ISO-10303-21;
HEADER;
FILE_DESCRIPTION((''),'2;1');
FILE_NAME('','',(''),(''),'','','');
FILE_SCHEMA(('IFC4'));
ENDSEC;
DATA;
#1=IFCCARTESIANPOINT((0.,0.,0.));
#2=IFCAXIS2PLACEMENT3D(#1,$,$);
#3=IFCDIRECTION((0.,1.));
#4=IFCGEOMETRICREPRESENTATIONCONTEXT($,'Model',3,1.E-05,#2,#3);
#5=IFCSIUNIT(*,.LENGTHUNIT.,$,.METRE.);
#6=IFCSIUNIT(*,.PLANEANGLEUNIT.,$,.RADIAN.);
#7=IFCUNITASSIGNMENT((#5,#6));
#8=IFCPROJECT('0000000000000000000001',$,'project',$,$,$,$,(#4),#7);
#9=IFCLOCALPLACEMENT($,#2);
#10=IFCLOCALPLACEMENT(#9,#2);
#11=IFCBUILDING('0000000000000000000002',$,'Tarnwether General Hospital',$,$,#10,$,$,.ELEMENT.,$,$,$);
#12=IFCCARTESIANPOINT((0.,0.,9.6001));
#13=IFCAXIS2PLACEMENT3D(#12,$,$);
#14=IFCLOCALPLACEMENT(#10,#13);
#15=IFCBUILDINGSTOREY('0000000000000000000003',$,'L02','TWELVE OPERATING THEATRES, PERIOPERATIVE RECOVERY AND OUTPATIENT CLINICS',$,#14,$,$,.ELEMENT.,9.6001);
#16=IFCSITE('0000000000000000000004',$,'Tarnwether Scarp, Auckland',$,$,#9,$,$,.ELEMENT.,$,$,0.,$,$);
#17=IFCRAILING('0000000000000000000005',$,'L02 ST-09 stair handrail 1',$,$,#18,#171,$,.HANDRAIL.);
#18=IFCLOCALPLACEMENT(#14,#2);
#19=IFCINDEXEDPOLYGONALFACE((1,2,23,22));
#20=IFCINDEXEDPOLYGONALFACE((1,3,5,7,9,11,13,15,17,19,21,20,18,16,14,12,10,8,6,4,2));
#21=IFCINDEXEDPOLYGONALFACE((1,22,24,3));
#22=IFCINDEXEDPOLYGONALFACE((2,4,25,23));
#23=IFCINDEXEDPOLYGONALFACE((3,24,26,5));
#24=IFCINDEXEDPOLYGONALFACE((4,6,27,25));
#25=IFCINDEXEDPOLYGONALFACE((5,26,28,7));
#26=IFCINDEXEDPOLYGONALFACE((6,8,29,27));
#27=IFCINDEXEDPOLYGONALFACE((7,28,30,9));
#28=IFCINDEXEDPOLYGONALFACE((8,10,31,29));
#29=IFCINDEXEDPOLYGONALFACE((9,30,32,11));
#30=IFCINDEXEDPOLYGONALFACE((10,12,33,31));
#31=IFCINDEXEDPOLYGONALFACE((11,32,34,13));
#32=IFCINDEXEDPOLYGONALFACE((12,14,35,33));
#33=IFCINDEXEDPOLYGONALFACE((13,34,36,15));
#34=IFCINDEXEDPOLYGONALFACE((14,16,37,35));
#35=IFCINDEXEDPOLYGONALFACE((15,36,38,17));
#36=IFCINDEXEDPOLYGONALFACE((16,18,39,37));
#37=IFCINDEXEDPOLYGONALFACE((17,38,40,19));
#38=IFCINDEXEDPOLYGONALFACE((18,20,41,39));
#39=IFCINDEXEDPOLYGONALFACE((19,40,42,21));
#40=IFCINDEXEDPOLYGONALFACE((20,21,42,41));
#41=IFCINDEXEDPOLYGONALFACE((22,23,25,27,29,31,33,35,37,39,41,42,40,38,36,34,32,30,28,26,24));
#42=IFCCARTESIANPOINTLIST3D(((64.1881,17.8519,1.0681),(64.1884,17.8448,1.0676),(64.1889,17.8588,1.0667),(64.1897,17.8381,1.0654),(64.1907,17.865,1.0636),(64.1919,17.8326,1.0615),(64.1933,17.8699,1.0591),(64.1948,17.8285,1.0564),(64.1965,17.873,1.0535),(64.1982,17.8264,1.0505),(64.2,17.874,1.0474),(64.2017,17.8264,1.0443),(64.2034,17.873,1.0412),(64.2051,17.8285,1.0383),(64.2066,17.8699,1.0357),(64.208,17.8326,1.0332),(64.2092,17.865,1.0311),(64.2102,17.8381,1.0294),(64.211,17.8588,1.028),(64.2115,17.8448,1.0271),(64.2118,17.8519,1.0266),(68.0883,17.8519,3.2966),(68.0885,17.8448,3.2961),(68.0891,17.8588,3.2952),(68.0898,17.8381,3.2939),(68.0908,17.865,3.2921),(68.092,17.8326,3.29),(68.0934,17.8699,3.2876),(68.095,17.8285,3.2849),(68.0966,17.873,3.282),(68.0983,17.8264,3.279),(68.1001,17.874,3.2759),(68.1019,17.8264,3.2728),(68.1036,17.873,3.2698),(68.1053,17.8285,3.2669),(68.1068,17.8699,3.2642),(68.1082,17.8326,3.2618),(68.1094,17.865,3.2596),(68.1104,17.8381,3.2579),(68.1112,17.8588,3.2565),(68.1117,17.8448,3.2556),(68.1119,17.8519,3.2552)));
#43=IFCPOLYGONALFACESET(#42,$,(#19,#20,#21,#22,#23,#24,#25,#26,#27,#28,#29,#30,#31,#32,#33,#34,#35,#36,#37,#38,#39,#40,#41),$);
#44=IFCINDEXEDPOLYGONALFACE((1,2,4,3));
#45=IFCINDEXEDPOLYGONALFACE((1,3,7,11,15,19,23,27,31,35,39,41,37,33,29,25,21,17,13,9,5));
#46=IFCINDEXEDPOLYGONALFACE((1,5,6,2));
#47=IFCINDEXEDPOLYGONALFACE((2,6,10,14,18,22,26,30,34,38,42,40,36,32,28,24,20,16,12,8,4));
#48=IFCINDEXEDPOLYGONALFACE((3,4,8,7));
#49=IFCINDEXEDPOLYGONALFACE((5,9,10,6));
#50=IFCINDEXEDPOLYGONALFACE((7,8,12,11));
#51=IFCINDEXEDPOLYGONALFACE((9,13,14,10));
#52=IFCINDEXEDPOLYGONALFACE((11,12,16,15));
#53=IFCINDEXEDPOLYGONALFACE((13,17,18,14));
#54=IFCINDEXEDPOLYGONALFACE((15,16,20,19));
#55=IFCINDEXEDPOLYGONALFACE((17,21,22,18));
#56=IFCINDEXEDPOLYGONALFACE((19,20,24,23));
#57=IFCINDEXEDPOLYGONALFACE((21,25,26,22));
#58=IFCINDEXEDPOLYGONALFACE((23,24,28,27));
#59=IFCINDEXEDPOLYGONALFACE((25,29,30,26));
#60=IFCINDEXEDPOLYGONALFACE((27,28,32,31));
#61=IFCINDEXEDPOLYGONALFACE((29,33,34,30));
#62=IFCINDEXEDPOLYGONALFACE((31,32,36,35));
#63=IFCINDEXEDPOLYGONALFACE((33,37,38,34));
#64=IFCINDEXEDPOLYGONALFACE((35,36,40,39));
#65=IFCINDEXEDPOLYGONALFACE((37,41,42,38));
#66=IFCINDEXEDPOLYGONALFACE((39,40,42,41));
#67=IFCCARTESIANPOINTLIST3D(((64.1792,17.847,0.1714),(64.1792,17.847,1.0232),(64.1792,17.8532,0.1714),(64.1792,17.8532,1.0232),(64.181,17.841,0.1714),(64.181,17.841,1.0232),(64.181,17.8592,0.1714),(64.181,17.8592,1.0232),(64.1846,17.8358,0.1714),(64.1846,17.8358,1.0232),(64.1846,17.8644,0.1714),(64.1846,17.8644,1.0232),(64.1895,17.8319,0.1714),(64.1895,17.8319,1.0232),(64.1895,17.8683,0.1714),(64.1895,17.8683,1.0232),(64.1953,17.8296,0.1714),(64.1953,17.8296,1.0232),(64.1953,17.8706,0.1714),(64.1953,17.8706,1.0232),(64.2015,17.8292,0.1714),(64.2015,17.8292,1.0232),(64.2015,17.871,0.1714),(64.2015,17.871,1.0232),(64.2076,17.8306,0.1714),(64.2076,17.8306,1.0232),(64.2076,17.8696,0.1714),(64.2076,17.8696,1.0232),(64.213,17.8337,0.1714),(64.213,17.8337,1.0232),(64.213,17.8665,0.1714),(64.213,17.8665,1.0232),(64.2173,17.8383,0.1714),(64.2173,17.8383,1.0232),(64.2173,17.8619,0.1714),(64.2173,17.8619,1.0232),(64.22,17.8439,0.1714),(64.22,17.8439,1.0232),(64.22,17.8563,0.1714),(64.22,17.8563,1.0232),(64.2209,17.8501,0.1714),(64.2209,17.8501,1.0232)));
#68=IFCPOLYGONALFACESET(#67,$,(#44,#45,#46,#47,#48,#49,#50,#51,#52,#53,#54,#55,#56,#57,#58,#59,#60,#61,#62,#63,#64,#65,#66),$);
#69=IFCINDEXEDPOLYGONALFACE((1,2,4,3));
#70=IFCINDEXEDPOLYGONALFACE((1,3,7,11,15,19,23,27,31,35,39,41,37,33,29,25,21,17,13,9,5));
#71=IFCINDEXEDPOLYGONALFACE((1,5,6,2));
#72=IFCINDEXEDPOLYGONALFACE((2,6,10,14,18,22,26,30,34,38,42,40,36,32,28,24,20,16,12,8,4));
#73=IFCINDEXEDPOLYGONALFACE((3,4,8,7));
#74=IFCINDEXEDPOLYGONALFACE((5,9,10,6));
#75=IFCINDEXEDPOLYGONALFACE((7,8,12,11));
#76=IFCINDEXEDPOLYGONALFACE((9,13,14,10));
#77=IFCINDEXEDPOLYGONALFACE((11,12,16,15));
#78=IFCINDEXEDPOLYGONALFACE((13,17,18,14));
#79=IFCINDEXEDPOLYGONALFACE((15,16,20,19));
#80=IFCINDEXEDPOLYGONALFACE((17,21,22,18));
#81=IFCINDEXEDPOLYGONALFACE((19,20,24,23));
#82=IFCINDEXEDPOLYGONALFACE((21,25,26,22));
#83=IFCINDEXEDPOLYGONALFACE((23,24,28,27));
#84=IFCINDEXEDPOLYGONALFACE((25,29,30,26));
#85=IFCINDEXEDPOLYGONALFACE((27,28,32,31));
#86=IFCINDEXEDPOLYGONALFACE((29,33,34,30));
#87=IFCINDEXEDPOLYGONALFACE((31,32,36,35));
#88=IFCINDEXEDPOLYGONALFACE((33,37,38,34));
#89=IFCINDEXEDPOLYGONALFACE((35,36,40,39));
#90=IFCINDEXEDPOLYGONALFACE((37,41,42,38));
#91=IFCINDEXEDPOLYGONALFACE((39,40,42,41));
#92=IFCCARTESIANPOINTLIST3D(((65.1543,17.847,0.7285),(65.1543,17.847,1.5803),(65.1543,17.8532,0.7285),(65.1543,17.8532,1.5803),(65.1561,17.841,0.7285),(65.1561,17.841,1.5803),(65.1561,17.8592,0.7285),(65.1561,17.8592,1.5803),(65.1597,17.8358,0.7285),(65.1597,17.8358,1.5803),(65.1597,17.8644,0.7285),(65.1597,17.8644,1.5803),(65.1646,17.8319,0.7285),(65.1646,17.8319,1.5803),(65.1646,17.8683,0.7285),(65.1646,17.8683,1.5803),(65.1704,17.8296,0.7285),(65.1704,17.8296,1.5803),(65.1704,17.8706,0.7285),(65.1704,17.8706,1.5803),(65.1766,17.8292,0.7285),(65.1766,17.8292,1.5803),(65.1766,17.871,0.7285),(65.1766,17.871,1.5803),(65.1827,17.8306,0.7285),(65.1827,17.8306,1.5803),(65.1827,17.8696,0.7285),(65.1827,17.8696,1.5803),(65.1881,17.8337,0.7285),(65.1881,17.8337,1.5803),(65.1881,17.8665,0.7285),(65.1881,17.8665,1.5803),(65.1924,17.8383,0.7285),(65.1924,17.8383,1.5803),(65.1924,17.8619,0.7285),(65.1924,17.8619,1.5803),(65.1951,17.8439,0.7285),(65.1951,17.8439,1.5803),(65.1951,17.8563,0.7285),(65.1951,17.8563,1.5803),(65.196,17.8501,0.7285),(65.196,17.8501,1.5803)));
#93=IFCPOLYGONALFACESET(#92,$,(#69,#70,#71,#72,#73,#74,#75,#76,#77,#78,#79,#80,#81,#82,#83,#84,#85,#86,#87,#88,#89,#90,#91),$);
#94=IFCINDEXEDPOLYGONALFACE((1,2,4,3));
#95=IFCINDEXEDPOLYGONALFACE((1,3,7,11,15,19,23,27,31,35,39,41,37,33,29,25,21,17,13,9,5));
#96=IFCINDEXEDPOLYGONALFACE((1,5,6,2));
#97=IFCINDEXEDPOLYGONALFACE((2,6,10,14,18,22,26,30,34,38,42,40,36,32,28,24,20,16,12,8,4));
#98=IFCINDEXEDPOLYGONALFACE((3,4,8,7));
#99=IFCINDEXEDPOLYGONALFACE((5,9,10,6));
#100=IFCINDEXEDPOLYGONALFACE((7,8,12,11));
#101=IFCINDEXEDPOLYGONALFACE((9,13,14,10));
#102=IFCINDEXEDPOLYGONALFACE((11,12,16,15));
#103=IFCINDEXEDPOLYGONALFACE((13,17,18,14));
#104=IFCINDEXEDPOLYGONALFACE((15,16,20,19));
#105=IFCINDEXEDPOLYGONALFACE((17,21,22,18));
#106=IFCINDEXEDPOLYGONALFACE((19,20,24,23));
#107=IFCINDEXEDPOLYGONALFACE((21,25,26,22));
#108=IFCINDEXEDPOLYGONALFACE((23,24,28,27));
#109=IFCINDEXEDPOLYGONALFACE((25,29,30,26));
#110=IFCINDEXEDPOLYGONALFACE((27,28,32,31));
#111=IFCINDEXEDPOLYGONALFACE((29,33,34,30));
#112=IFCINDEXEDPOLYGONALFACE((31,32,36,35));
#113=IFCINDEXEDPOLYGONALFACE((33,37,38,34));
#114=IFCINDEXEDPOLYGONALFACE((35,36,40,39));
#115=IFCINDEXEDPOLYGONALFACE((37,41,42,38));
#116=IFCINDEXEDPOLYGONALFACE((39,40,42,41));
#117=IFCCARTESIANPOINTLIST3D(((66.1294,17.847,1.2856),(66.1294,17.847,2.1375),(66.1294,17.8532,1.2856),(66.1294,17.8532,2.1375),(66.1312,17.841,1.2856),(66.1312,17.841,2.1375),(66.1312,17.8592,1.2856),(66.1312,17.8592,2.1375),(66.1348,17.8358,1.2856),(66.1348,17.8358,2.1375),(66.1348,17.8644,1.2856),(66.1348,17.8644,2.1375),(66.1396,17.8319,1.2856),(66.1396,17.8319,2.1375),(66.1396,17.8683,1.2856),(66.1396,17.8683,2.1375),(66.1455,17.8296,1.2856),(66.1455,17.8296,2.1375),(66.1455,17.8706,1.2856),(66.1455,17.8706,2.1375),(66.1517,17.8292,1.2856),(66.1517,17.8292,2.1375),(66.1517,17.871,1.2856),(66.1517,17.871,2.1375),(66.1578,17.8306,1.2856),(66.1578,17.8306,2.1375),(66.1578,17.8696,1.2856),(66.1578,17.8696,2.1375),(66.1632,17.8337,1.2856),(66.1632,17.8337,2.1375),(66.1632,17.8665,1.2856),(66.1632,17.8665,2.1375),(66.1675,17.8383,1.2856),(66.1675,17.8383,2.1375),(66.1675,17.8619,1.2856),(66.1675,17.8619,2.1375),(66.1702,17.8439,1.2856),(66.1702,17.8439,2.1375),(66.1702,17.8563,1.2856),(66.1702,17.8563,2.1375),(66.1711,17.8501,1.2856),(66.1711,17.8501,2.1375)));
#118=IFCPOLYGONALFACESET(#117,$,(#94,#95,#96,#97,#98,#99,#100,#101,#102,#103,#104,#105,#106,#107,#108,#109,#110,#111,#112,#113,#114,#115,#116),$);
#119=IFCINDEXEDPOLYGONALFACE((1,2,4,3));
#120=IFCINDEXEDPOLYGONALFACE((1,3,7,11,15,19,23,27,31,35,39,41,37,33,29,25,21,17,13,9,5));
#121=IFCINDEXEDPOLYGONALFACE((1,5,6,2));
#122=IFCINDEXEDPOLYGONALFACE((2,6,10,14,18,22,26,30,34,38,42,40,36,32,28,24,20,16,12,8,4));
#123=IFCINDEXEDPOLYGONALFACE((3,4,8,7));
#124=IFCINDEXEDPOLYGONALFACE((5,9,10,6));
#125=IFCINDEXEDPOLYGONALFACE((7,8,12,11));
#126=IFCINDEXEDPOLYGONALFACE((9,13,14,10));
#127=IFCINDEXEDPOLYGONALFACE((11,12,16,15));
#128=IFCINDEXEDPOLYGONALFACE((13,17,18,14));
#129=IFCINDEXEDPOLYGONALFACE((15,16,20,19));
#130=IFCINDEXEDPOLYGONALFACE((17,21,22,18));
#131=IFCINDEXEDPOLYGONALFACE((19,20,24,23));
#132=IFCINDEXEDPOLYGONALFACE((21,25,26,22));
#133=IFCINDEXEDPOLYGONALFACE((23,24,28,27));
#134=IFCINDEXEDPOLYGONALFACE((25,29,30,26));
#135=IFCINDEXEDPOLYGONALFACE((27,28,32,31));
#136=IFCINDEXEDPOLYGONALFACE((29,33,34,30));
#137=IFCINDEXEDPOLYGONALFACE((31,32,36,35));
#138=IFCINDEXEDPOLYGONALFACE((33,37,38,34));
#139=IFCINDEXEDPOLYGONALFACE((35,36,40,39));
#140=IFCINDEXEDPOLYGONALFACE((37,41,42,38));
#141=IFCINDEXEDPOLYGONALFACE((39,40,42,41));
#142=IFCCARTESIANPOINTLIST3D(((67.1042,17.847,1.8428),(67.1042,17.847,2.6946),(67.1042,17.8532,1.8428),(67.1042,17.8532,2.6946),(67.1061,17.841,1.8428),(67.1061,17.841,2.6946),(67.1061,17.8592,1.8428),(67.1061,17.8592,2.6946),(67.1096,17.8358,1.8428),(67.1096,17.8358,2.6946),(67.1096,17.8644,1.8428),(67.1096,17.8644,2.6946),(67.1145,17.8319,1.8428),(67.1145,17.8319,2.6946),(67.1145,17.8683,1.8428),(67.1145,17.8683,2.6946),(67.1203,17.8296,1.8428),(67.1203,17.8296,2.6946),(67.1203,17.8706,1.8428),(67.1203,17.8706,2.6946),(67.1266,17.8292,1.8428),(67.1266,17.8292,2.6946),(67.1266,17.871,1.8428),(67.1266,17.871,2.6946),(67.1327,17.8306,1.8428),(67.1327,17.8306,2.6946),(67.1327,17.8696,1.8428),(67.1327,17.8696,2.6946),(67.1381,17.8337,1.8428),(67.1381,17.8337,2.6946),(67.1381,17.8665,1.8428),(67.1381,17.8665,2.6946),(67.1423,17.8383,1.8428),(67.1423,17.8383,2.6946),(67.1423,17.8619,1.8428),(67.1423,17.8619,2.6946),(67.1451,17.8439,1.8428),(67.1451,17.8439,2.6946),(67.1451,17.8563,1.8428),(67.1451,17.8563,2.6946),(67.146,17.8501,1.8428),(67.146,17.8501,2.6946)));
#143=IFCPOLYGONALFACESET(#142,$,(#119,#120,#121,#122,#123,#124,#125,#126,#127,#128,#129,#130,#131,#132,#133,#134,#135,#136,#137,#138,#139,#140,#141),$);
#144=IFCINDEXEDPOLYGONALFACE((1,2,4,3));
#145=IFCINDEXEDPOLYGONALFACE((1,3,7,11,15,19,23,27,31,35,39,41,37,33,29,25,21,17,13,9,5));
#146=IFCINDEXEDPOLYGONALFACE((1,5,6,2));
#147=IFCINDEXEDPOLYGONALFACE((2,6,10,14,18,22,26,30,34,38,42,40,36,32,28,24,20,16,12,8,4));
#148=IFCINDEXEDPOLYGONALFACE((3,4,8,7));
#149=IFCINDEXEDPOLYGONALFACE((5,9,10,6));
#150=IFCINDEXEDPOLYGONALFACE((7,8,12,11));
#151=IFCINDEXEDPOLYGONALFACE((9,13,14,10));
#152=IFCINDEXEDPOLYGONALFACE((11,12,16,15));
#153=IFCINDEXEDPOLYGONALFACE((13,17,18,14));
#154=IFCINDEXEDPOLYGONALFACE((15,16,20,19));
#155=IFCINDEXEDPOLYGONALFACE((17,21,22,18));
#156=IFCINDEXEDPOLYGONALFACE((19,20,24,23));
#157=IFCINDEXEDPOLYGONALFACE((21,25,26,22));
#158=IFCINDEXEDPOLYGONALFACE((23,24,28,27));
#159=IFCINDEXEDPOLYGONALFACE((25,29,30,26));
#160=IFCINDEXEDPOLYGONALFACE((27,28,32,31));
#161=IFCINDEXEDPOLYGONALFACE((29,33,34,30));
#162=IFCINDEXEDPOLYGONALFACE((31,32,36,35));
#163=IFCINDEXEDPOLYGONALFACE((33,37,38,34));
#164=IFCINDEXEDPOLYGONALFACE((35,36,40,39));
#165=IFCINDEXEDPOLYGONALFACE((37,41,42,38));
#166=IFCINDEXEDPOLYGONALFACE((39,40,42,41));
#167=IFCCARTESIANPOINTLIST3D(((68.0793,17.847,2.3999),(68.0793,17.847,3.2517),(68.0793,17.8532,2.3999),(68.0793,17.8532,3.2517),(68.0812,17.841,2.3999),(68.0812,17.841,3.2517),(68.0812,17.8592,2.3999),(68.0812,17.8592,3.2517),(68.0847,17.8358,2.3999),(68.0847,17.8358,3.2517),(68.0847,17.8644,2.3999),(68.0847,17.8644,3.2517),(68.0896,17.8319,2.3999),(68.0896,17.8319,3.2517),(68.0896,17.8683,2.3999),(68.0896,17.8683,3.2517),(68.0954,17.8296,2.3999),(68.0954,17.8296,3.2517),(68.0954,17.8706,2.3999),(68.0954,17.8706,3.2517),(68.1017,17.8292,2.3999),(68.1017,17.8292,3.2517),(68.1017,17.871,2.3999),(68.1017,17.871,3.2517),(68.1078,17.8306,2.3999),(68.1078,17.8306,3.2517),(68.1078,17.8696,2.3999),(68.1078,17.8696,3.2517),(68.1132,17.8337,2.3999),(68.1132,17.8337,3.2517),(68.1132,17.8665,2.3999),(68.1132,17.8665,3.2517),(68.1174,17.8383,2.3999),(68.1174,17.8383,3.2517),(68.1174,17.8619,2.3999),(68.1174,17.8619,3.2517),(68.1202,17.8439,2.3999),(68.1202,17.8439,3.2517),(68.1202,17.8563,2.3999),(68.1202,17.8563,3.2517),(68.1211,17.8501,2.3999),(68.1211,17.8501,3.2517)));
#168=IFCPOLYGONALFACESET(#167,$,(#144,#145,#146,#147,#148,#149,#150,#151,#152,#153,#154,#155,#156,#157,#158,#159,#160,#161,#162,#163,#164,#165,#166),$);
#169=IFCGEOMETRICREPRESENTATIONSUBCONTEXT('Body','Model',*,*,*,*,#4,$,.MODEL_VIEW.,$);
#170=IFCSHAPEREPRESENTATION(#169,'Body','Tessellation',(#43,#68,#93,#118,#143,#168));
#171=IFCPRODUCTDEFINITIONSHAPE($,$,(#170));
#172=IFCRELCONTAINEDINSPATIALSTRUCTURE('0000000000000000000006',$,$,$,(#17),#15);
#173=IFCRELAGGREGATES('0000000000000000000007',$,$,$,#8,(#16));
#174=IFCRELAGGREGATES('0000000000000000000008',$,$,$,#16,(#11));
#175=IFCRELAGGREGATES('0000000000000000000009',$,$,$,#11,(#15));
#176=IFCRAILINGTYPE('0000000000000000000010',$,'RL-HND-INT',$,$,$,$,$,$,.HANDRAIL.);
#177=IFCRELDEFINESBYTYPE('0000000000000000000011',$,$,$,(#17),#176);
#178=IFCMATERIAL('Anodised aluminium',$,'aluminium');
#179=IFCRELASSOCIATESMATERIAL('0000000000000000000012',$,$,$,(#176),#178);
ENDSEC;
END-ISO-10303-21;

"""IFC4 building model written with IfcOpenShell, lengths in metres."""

from ifc_helpers import new_model, si_unit, direction, frame, origin, origin_2d, place, context, subcontext, project, spatial, circle, extrude, material, type_object, element, save


model = new_model("IFC4")

# Units and contexts
model_context = context("Model", 3, precision=1e-05, world=origin(), true_north=direction((0.0, 1.0)))
body_context = subcontext(model_context, "Body", "Model", "MODEL_VIEW")
ifc_project = project(units=[si_unit("LENGTHUNIT", "METRE"), si_unit("PLANEANGLEUNIT", "RADIAN")], contexts=[model_context])

# Site, building, storey
site_placement = place(None, origin())
site = spatial("IfcSite", under=ifc_project, at=site_placement, Name="Tarnwether Scarp, Auckland", CompositionType="ELEMENT", RefElevation=0.0)
building_placement = place(site_placement, origin())
building = spatial("IfcBuilding", under=site, at=building_placement, Name="Tarnwether General Hospital", CompositionType="ELEMENT")
storey_placement = place(building_placement, frame((0.0, 0.0, 9.6001)))
storey = spatial("IfcBuildingStorey", under=building, at=storey_placement, Name="L02", Description="TWELVE OPERATING THEATRES, PERIOPERATIVE RECOVERY AND OUTPATIENT CLINICS", CompositionType="ELEMENT", Elevation=9.6001)

# Railing
ifc_material_1 = material(Name="Anodised aluminium", Category="aluminium")
railing_type_1 = type_object("IfcRailingType", Name="RL-HND-INT", PredefinedType="HANDRAIL", material=ifc_material_1)
railing_1_placement = place(storey_placement, frame((64.2, 17.8501, 0.1714)))
element("IfcRailing", 1, at=railing_1_placement, inside=storey, type_object=railing_type_1, Name="L02 ST-09 stair handrail 1", PredefinedType="HANDRAIL", context=body_context, shape_type="SweptSolid", body=[
    extrude(circle(Radius=0.0239, at=origin_2d()), frame((0.0, 0.0, 0.876), z_axis=(0.868257, 0.0, 0.496116), x_axis=(0.0, 1.0, 0.0)), (0.0, 0.0, 1.0), 4.4919),
    extrude(circle(Radius=0.021, at=origin_2d()), origin(), (0.0, 0.0, 1.0), 0.8518),
    extrude(circle(Radius=0.021, at=origin_2d()), frame((0.9751, 0.0, 0.5571)), (0.0, 0.0, 1.0), 0.8518),
    extrude(circle(Radius=0.021, at=origin_2d()), frame((1.9502, 0.0, 1.1143)), (0.0, 0.0, 1.0), 0.8518),
    extrude(circle(Radius=0.021, at=origin_2d()), frame((2.925, 0.0, 1.6714)), (0.0, 0.0, 1.0), 0.8518),
    extrude(circle(Radius=0.021, at=origin_2d()), frame((3.9001, 0.0, 2.2285)), (0.0, 0.0, 1.0), 0.8518),
])

save(model, "model.ifc")
